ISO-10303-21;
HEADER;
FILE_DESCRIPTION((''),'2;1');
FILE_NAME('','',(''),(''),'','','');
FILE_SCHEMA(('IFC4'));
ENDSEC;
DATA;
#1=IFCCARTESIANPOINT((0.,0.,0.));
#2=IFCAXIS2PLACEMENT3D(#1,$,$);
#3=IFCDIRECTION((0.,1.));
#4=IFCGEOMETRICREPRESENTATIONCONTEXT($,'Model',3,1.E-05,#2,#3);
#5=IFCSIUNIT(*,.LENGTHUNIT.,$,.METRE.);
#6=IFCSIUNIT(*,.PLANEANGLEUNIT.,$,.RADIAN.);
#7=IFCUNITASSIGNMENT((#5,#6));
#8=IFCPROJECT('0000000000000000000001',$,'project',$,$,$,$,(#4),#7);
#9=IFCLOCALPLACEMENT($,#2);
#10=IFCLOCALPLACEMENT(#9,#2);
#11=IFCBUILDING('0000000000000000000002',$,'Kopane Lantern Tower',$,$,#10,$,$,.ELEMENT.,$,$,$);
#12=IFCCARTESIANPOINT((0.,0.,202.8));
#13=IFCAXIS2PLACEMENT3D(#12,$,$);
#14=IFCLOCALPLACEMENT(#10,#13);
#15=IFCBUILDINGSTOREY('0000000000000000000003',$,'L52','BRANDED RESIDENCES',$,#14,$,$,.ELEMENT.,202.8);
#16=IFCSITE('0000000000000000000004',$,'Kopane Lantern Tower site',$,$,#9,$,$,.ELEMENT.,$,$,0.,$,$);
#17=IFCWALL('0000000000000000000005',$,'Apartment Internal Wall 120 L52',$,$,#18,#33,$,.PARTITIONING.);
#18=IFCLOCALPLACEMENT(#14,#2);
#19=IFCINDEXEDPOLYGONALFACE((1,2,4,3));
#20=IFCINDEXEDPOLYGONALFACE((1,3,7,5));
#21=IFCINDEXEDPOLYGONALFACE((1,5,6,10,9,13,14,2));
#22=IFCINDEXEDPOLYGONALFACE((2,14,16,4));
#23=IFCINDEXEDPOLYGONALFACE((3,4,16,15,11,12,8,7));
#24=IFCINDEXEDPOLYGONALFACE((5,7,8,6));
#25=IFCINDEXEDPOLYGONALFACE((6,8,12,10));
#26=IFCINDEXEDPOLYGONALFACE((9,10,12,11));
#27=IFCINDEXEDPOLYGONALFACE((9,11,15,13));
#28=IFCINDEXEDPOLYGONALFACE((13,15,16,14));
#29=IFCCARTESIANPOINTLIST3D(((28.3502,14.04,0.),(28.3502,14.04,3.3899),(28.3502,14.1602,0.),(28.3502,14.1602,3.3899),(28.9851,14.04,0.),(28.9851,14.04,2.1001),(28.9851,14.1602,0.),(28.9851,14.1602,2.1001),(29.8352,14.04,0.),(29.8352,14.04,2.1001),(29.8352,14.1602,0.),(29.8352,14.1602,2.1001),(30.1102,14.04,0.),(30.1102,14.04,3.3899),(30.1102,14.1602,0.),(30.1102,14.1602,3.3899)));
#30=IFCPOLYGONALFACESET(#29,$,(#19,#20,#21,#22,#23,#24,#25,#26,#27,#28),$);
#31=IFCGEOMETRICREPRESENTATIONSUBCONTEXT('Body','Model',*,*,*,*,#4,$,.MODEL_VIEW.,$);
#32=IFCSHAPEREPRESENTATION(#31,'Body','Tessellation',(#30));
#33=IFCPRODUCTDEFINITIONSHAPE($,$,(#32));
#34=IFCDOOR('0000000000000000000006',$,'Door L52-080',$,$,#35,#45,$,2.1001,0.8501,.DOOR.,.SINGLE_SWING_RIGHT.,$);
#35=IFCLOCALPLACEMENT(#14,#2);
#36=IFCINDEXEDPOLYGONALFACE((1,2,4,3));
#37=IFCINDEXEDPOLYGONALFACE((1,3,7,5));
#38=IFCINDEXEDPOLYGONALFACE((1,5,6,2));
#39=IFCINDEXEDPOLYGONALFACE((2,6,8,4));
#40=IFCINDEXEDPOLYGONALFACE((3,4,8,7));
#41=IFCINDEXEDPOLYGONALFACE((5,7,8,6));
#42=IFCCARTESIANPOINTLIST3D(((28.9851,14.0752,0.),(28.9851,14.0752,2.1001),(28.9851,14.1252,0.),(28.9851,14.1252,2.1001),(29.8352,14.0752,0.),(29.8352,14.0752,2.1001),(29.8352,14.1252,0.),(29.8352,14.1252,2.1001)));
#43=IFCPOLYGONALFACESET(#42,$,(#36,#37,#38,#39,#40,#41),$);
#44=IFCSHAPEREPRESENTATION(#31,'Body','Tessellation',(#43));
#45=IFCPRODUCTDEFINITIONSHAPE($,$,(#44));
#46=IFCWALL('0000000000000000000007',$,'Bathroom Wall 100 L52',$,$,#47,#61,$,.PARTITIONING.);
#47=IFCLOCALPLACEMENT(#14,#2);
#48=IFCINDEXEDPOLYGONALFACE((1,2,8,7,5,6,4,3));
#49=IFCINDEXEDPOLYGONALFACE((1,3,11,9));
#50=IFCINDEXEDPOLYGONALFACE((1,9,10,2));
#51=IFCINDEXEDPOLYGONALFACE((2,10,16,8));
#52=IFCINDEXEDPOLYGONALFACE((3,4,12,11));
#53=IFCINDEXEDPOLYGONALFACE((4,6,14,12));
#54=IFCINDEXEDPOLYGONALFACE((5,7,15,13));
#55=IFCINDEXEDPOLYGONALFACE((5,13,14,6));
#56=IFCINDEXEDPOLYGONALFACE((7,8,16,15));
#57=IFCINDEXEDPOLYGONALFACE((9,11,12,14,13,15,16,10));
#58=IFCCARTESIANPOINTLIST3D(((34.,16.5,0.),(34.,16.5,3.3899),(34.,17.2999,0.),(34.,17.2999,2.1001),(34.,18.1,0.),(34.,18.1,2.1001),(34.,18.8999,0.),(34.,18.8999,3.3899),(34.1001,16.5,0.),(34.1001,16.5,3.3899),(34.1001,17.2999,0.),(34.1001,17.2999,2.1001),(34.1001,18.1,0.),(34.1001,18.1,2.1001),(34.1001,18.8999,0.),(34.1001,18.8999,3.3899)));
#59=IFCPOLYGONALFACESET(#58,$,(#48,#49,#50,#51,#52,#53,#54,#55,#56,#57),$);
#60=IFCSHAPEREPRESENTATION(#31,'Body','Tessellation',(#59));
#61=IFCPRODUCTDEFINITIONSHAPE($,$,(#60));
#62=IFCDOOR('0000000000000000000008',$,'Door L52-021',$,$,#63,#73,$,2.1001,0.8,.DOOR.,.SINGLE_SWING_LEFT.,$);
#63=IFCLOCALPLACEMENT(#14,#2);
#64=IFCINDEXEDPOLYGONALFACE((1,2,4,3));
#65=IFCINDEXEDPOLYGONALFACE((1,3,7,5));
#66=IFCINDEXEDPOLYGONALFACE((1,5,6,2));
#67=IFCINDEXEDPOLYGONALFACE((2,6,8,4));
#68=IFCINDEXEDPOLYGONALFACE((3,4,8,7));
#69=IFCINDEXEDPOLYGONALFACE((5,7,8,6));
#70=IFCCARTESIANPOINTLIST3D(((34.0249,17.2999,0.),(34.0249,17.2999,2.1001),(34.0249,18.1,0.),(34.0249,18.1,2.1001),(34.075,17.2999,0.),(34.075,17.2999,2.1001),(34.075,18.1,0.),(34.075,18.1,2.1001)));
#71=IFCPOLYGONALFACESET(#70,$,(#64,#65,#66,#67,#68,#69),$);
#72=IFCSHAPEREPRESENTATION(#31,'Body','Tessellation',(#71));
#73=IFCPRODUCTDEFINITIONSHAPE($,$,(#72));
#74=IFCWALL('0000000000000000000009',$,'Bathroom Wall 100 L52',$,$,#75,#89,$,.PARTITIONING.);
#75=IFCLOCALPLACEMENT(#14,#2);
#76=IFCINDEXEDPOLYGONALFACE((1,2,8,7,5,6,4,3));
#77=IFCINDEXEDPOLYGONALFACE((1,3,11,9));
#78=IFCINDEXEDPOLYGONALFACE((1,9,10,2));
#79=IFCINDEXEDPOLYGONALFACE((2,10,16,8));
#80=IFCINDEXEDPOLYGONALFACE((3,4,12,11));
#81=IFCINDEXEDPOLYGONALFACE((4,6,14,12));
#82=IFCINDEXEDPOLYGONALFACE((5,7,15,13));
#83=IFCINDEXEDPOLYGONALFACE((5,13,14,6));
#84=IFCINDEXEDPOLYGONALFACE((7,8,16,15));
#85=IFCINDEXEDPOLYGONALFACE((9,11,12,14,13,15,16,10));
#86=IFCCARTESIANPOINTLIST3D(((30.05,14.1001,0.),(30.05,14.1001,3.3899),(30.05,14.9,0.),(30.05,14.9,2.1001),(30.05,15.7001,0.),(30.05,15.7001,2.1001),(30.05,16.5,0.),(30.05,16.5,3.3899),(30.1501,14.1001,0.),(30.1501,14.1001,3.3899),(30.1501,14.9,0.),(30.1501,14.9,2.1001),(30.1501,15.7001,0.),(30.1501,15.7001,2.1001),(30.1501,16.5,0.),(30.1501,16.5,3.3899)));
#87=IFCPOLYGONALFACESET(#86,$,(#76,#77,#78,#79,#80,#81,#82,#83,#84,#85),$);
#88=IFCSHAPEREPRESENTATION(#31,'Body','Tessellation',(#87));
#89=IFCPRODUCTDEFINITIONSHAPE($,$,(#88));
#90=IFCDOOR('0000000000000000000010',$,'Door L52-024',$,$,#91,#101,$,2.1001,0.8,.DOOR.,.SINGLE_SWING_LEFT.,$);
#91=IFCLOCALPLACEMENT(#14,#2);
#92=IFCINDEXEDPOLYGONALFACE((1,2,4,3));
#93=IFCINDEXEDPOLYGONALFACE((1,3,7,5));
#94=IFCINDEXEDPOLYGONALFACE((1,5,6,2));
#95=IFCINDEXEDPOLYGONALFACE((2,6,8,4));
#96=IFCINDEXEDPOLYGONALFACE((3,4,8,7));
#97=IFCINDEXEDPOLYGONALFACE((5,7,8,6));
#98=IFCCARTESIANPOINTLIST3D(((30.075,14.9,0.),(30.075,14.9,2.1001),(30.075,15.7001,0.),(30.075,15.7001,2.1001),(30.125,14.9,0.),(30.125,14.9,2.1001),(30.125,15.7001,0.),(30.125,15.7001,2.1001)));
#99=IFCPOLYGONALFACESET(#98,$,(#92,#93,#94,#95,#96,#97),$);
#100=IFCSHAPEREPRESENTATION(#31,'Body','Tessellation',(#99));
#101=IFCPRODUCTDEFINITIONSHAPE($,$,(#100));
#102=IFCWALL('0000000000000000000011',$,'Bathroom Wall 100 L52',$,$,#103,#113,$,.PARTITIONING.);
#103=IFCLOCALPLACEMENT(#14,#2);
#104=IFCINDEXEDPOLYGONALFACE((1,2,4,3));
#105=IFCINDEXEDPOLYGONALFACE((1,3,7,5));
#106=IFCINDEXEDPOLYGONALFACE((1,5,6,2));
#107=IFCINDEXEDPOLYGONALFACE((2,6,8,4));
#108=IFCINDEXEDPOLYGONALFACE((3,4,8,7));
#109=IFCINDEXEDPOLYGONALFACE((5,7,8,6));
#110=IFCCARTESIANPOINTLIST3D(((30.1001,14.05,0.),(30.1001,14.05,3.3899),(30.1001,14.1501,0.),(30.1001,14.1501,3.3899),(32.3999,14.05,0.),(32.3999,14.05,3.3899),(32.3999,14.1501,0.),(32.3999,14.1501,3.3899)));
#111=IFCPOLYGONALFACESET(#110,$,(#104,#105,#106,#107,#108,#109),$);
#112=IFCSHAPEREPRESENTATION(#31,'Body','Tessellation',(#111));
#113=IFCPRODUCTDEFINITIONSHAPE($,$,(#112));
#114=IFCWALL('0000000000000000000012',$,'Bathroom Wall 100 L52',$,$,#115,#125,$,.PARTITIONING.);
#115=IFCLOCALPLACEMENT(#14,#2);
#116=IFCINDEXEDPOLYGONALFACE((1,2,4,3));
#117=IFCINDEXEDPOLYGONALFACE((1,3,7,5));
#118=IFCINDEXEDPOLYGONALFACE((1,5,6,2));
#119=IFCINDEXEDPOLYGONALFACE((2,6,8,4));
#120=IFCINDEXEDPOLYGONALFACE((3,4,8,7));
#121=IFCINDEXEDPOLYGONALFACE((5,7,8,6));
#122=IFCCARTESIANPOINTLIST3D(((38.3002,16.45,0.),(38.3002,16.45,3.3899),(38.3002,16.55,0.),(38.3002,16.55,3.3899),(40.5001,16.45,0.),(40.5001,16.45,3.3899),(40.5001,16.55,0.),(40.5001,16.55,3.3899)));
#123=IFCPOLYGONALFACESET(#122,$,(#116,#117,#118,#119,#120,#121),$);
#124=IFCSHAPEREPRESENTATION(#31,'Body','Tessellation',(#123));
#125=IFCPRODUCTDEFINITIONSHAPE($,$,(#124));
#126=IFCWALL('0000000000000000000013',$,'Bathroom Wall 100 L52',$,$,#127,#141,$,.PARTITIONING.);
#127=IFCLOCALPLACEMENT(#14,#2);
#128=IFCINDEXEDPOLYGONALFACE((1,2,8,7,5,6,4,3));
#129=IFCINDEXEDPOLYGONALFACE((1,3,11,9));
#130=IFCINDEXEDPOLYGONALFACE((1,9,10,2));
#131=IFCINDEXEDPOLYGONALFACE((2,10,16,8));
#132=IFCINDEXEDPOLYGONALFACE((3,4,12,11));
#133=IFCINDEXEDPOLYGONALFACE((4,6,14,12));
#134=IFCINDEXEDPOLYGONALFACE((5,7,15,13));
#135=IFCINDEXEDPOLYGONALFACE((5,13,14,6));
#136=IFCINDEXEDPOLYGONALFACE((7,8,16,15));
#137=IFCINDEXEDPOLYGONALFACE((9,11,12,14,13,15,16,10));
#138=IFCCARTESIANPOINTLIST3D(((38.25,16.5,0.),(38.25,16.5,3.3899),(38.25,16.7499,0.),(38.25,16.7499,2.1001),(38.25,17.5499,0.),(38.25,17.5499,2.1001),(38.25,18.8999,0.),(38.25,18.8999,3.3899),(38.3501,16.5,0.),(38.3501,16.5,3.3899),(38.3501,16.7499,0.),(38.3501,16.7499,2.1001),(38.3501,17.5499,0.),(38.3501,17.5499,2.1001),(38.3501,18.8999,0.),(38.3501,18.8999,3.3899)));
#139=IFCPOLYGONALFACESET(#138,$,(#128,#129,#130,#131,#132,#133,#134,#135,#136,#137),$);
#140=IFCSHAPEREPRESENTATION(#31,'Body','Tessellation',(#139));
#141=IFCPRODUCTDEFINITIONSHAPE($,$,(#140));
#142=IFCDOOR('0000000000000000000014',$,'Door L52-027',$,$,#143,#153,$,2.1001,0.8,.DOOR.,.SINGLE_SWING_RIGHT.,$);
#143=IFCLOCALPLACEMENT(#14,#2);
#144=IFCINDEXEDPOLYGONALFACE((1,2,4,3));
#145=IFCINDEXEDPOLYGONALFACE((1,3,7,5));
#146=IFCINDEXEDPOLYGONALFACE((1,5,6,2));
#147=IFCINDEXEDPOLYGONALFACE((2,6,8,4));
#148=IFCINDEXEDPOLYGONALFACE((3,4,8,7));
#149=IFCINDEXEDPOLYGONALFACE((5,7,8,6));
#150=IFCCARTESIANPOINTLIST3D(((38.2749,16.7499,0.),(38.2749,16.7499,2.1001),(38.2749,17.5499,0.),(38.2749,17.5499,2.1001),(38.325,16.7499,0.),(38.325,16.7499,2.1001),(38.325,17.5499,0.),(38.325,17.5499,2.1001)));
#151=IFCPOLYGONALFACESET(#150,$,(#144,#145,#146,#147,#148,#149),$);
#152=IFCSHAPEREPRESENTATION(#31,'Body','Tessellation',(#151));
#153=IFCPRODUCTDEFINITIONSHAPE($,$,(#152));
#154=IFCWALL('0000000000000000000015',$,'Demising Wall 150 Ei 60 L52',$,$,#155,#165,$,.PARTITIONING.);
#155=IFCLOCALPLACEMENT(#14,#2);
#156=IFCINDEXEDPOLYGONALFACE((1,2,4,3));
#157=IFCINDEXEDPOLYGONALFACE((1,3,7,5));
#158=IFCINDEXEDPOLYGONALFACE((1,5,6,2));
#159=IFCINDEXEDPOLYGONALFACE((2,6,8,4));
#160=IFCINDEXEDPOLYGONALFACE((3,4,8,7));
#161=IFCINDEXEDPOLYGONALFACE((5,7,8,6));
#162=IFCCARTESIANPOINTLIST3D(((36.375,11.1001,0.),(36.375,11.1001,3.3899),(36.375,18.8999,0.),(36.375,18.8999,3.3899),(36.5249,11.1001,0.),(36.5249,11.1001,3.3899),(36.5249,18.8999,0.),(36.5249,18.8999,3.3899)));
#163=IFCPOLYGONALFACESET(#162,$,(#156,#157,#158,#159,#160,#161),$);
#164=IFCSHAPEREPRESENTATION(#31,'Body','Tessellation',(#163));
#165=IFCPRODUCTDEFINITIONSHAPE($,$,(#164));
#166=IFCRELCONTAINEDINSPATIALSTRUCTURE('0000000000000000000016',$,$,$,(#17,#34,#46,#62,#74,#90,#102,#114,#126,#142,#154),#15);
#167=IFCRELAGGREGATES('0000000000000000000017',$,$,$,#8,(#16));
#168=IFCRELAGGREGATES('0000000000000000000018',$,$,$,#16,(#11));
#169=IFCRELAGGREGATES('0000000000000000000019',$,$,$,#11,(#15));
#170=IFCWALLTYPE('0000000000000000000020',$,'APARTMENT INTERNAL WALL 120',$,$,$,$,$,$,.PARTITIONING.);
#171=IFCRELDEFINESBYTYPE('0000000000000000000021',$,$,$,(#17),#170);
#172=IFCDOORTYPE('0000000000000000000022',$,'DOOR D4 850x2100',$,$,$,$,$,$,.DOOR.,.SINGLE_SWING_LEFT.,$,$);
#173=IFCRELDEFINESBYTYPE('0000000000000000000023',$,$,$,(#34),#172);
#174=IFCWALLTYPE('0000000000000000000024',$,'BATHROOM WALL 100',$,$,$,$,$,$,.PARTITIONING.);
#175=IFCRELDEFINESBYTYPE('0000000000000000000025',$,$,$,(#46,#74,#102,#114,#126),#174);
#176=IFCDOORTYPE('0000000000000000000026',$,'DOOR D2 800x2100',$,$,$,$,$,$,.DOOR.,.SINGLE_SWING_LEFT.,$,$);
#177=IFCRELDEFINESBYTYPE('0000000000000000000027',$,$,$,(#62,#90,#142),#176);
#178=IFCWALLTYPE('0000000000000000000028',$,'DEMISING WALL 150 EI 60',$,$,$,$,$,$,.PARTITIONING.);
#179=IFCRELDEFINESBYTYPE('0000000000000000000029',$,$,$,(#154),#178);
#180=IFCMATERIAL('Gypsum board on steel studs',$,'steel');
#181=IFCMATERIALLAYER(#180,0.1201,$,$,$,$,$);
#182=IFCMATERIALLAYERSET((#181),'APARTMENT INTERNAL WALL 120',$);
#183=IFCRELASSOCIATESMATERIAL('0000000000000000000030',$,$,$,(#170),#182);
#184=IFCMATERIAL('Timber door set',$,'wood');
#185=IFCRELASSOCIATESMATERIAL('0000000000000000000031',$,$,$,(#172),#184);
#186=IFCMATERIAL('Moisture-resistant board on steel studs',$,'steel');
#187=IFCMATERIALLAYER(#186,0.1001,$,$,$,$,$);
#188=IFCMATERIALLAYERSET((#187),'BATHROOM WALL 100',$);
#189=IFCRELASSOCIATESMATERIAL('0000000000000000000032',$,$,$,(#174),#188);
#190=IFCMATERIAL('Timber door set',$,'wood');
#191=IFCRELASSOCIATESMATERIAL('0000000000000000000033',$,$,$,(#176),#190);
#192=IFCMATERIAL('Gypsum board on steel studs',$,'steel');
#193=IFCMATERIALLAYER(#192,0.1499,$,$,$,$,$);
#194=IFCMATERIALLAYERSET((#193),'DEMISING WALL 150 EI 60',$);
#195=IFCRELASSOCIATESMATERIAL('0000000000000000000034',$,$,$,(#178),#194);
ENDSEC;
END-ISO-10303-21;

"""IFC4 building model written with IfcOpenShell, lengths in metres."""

from ifc_helpers import new_model, si_unit, direction, frame, frame_2d, origin, place, context, subcontext, project, spatial, rectangle, extrude, material, layer, layer_set, type_object, element, fill, save


model = new_model("IFC4")

# Units and contexts
model_context = context("Model", 3, precision=1e-05, world=origin(), true_north=direction((0.0, 1.0)))
body_context = subcontext(model_context, "Body", "Model", "MODEL_VIEW")
ifc_project = project(units=[si_unit("LENGTHUNIT", "METRE"), si_unit("PLANEANGLEUNIT", "RADIAN")], contexts=[model_context])

# Site, building, storey
site_placement = place(None, origin())
site = spatial("IfcSite", under=ifc_project, at=site_placement, Name="Kopane Lantern Tower site", CompositionType="ELEMENT", RefElevation=0.0)
building_placement = place(site_placement, origin())
building = spatial("IfcBuilding", under=site, at=building_placement, Name="Kopane Lantern Tower", CompositionType="ELEMENT")
storey_placement = place(building_placement, frame((0.0, 0.0, 202.8)))
storey = spatial("IfcBuildingStorey", under=building, at=storey_placement, Name="L52", Description="BRANDED RESIDENCES", CompositionType="ELEMENT", Elevation=202.8)

# Shared definitions
ifc_material_1 = material(Name="Gypsum board on steel studs", Category="steel")
ifc_layer_1 = layer(ifc_material_1, 0.1201)
ifc_layer_set_1 = layer_set([ifc_layer_1], Name="APARTMENT INTERNAL WALL 120")
wall_type_1 = type_object("IfcWallType", Name="APARTMENT INTERNAL WALL 120", PredefinedType="PARTITIONING", material=ifc_layer_set_1)

# Shared definitions
ifc_material_2 = material(Name="Timber door set", Category="wood")
door_type_1 = type_object("IfcDoorType", Name="DOOR D4 850x2100", OperationType="SINGLE_SWING_LEFT", PredefinedType="DOOR", material=ifc_material_2)

# Walls, openings, doors
wall_1_placement = place(storey_placement, frame((30.1101, 14.1001, 0.0), z_axis=(0.0, 0.0, 1.0), x_axis=(-1.0, 0.0, 0.0)))
wall_1 = element("IfcWall", 1, at=wall_1_placement, inside=storey, type_object=wall_type_1, Name="Apartment Internal Wall 120 L52", PredefinedType="PARTITIONING", context=body_context, shape_type="SweptSolid", body=[
    extrude(rectangle(XDim=1.76, YDim=0.1201, at=frame_2d((0.8799, 0.0))), origin(), (0.0, 0.0, 1.0), 3.3899),
])
opening_1_placement = place(wall_1_placement, frame((0.2749, 0.0, 0.0)))
opening_1 = element("IfcOpeningElement", 2, at=opening_1_placement, cuts=wall_1, PredefinedType="OPENING", context=body_context, shape_type="SweptSolid", body=[
    extrude(rectangle(XDim=0.8501, YDim=2.1001, at=frame_2d((0.425, 1.05))), frame((0.0, 0.0701, 0.0), z_axis=(0.0, -1.0, 0.0), x_axis=(1.0, 0.0, 0.0)), (0.0, 0.0, 1.0), 0.1401),
])
door_1_placement = place(opening_1_placement, origin())
door_1 = element("IfcDoor", 3, at=door_1_placement, inside=storey, type_object=door_type_1, Name="Door L52-080", OperationType="SINGLE_SWING_RIGHT", OverallHeight=2.1001, OverallWidth=0.8501, PredefinedType="DOOR", context=body_context, shape_type="SweptSolid", body=[
    extrude(rectangle(XDim=0.8501, YDim=2.1001, at=frame_2d((0.425, 1.05))), frame((0.0, 0.0249, 0.0), z_axis=(0.0, -1.0, 0.0), x_axis=(1.0, 0.0, 0.0)), (0.0, 0.0, 1.0), 0.05),
])
fill(opening_1, door_1)
ifc_material_3 = material(Name="Moisture-resistant board on steel studs", Category="steel")
ifc_layer_2 = layer(ifc_material_3, 0.1001)
ifc_layer_set_2 = layer_set([ifc_layer_2], Name="BATHROOM WALL 100")
wall_type_2 = type_object("IfcWallType", Name="BATHROOM WALL 100", PredefinedType="PARTITIONING", material=ifc_layer_set_2)
wall_2_placement = place(storey_placement, frame((34.05, 18.8999, 0.0), z_axis=(0.0, 0.0, 1.0), x_axis=(0.0, -1.0, 0.0)))
wall_2 = element("IfcWall", 4, at=wall_2_placement, inside=storey, type_object=wall_type_2, Name="Bathroom Wall 100 L52", PredefinedType="PARTITIONING", context=body_context, shape_type="SweptSolid", body=[
    extrude(rectangle(XDim=2.3999, YDim=0.1001, at=frame_2d((1.2, 0.0))), origin(), (0.0, 0.0, 1.0), 3.3899),
])
opening_2_placement = place(wall_2_placement, frame((0.8, 0.0, 0.0)))
opening_2 = element("IfcOpeningElement", 5, at=opening_2_placement, cuts=wall_2, PredefinedType="OPENING", context=body_context, shape_type="SweptSolid", body=[
    extrude(rectangle(XDim=0.8, YDim=2.1001, at=frame_2d((0.3999, 1.05))), frame((0.0, 0.0601, 0.0), z_axis=(0.0, -1.0, 0.0), x_axis=(1.0, 0.0, 0.0)), (0.0, 0.0, 1.0), 0.1201),
])
ifc_material_4 = material(Name="Timber door set", Category="wood")
door_type_2 = type_object("IfcDoorType", Name="DOOR D2 800x2100", OperationType="SINGLE_SWING_LEFT", PredefinedType="DOOR", material=ifc_material_4)
door_2_placement = place(opening_2_placement, origin())
door_2 = element("IfcDoor", 6, at=door_2_placement, inside=storey, type_object=door_type_2, Name="Door L52-021", OperationType="SINGLE_SWING_LEFT", OverallHeight=2.1001, OverallWidth=0.8, PredefinedType="DOOR", context=body_context, shape_type="SweptSolid", body=[
    extrude(rectangle(XDim=0.8, YDim=2.1001, at=frame_2d((0.3999, 1.05))), frame((0.0, 0.0249, 0.0), z_axis=(0.0, -1.0, 0.0), x_axis=(1.0, 0.0, 0.0)), (0.0, 0.0, 1.0), 0.05),
])
fill(opening_2, door_2)
wall_3_placement = place(storey_placement, frame((30.1001, 16.5, 0.0), z_axis=(0.0, 0.0, 1.0), x_axis=(0.0, -1.0, 0.0)))
wall_3 = element("IfcWall", 7, at=wall_3_placement, inside=storey, type_object=wall_type_2, Name="Bathroom Wall 100 L52", PredefinedType="PARTITIONING", context=body_context, shape_type="SweptSolid", body=[
    extrude(rectangle(XDim=2.3999, YDim=0.1001, at=frame_2d((1.2, 0.0))), origin(), (0.0, 0.0, 1.0), 3.3899),
])
opening_3_placement = place(wall_3_placement, frame((0.8, 0.0, 0.0)))
opening_3 = element("IfcOpeningElement", 8, at=opening_3_placement, cuts=wall_3, PredefinedType="OPENING", context=body_context, shape_type="SweptSolid", body=[
    extrude(rectangle(XDim=0.8, YDim=2.1001, at=frame_2d((0.3999, 1.05))), frame((0.0, 0.0601, 0.0), z_axis=(0.0, -1.0, 0.0), x_axis=(1.0, 0.0, 0.0)), (0.0, 0.0, 1.0), 0.1201),
])
door_3_placement = place(opening_3_placement, origin())
door_3 = element("IfcDoor", 9, at=door_3_placement, inside=storey, type_object=door_type_2, Name="Door L52-024", OperationType="SINGLE_SWING_LEFT", OverallHeight=2.1001, OverallWidth=0.8, PredefinedType="DOOR", context=body_context, shape_type="SweptSolid", body=[
    extrude(rectangle(XDim=0.8, YDim=2.1001, at=frame_2d((0.3999, 1.05))), frame((0.0, 0.0249, 0.0), z_axis=(0.0, -1.0, 0.0), x_axis=(1.0, 0.0, 0.0)), (0.0, 0.0, 1.0), 0.05),
])
fill(opening_3, door_3)

# Walls
wall_4_placement = place(storey_placement, frame((30.1001, 14.1001, 0.0), z_axis=(0.0, 0.0, 1.0), x_axis=(1.0, 0.0, 0.0)))
element("IfcWall", 10, at=wall_4_placement, inside=storey, type_object=wall_type_2, Name="Bathroom Wall 100 L52", PredefinedType="PARTITIONING", context=body_context, shape_type="SweptSolid", body=[
    extrude(rectangle(XDim=2.2998, YDim=0.1001, at=frame_2d((1.1499, 0.0))), origin(), (0.0, 0.0, 1.0), 3.3899),
])
wall_5_placement = place(storey_placement, frame((38.3, 16.5, 0.0), z_axis=(0.0, 0.0, 1.0), x_axis=(1.0, 0.0, 0.0)))
element("IfcWall", 11, at=wall_5_placement, inside=storey, type_object=wall_type_2, Name="Bathroom Wall 100 L52", PredefinedType="PARTITIONING", context=body_context, shape_type="SweptSolid", body=[
    extrude(rectangle(XDim=2.2, YDim=0.1001, at=frame_2d((1.1001, 0.0))), origin(), (0.0, 0.0, 1.0), 3.3899),
])

# Wall, opening, door
wall_6_placement = place(storey_placement, frame((38.3, 18.8999, 0.0), z_axis=(0.0, 0.0, 1.0), x_axis=(0.0, -1.0, 0.0)))
wall_6 = element("IfcWall", 12, at=wall_6_placement, inside=storey, type_object=wall_type_2, Name="Bathroom Wall 100 L52", PredefinedType="PARTITIONING", context=body_context, shape_type="SweptSolid", body=[
    extrude(rectangle(XDim=2.3999, YDim=0.1001, at=frame_2d((1.2, 0.0))), origin(), (0.0, 0.0, 1.0), 3.3899),
])
opening_4_placement = place(wall_6_placement, frame((1.3501, 0.0, 0.0)))
opening_4 = element("IfcOpeningElement", 13, at=opening_4_placement, cuts=wall_6, PredefinedType="OPENING", context=body_context, shape_type="SweptSolid", body=[
    extrude(rectangle(XDim=0.8, YDim=2.1001, at=frame_2d((0.3999, 1.05))), frame((0.0, 0.0601, 0.0), z_axis=(0.0, -1.0, 0.0), x_axis=(1.0, 0.0, 0.0)), (0.0, 0.0, 1.0), 0.1201),
])
door_4_placement = place(opening_4_placement, origin())
door_4 = element("IfcDoor", 14, at=door_4_placement, inside=storey, type_object=door_type_2, Name="Door L52-027", OperationType="SINGLE_SWING_RIGHT", OverallHeight=2.1001, OverallWidth=0.8, PredefinedType="DOOR", context=body_context, shape_type="SweptSolid", body=[
    extrude(rectangle(XDim=0.8, YDim=2.1001, at=frame_2d((0.3999, 1.05))), frame((0.0, 0.0249, 0.0), z_axis=(0.0, -1.0, 0.0), x_axis=(1.0, 0.0, 0.0)), (0.0, 0.0, 1.0), 0.05),
])
fill(opening_4, door_4)

# Wall
ifc_material_5 = material(Name="Gypsum board on steel studs", Category="steel")
ifc_layer_3 = layer(ifc_material_5, 0.1499)
ifc_layer_set_3 = layer_set([ifc_layer_3], Name="DEMISING WALL 150 EI 60")
wall_type_3 = type_object("IfcWallType", Name="DEMISING WALL 150 EI 60", PredefinedType="PARTITIONING", material=ifc_layer_set_3)
wall_7_placement = place(storey_placement, frame((36.45, 18.8999, 0.0), z_axis=(0.0, 0.0, 1.0), x_axis=(0.0, -1.0, 0.0)))
element("IfcWall", 15, at=wall_7_placement, inside=storey, type_object=wall_type_3, Name="Demising Wall 150 Ei 60 L52", PredefinedType="PARTITIONING", context=body_context, shape_type="SweptSolid", body=[
    extrude(rectangle(XDim=7.7998, YDim=0.1499, at=frame_2d((3.8999, 0.0))), origin(), (0.0, 0.0, 1.0), 3.3899),
])

save(model, "model.ifc")
